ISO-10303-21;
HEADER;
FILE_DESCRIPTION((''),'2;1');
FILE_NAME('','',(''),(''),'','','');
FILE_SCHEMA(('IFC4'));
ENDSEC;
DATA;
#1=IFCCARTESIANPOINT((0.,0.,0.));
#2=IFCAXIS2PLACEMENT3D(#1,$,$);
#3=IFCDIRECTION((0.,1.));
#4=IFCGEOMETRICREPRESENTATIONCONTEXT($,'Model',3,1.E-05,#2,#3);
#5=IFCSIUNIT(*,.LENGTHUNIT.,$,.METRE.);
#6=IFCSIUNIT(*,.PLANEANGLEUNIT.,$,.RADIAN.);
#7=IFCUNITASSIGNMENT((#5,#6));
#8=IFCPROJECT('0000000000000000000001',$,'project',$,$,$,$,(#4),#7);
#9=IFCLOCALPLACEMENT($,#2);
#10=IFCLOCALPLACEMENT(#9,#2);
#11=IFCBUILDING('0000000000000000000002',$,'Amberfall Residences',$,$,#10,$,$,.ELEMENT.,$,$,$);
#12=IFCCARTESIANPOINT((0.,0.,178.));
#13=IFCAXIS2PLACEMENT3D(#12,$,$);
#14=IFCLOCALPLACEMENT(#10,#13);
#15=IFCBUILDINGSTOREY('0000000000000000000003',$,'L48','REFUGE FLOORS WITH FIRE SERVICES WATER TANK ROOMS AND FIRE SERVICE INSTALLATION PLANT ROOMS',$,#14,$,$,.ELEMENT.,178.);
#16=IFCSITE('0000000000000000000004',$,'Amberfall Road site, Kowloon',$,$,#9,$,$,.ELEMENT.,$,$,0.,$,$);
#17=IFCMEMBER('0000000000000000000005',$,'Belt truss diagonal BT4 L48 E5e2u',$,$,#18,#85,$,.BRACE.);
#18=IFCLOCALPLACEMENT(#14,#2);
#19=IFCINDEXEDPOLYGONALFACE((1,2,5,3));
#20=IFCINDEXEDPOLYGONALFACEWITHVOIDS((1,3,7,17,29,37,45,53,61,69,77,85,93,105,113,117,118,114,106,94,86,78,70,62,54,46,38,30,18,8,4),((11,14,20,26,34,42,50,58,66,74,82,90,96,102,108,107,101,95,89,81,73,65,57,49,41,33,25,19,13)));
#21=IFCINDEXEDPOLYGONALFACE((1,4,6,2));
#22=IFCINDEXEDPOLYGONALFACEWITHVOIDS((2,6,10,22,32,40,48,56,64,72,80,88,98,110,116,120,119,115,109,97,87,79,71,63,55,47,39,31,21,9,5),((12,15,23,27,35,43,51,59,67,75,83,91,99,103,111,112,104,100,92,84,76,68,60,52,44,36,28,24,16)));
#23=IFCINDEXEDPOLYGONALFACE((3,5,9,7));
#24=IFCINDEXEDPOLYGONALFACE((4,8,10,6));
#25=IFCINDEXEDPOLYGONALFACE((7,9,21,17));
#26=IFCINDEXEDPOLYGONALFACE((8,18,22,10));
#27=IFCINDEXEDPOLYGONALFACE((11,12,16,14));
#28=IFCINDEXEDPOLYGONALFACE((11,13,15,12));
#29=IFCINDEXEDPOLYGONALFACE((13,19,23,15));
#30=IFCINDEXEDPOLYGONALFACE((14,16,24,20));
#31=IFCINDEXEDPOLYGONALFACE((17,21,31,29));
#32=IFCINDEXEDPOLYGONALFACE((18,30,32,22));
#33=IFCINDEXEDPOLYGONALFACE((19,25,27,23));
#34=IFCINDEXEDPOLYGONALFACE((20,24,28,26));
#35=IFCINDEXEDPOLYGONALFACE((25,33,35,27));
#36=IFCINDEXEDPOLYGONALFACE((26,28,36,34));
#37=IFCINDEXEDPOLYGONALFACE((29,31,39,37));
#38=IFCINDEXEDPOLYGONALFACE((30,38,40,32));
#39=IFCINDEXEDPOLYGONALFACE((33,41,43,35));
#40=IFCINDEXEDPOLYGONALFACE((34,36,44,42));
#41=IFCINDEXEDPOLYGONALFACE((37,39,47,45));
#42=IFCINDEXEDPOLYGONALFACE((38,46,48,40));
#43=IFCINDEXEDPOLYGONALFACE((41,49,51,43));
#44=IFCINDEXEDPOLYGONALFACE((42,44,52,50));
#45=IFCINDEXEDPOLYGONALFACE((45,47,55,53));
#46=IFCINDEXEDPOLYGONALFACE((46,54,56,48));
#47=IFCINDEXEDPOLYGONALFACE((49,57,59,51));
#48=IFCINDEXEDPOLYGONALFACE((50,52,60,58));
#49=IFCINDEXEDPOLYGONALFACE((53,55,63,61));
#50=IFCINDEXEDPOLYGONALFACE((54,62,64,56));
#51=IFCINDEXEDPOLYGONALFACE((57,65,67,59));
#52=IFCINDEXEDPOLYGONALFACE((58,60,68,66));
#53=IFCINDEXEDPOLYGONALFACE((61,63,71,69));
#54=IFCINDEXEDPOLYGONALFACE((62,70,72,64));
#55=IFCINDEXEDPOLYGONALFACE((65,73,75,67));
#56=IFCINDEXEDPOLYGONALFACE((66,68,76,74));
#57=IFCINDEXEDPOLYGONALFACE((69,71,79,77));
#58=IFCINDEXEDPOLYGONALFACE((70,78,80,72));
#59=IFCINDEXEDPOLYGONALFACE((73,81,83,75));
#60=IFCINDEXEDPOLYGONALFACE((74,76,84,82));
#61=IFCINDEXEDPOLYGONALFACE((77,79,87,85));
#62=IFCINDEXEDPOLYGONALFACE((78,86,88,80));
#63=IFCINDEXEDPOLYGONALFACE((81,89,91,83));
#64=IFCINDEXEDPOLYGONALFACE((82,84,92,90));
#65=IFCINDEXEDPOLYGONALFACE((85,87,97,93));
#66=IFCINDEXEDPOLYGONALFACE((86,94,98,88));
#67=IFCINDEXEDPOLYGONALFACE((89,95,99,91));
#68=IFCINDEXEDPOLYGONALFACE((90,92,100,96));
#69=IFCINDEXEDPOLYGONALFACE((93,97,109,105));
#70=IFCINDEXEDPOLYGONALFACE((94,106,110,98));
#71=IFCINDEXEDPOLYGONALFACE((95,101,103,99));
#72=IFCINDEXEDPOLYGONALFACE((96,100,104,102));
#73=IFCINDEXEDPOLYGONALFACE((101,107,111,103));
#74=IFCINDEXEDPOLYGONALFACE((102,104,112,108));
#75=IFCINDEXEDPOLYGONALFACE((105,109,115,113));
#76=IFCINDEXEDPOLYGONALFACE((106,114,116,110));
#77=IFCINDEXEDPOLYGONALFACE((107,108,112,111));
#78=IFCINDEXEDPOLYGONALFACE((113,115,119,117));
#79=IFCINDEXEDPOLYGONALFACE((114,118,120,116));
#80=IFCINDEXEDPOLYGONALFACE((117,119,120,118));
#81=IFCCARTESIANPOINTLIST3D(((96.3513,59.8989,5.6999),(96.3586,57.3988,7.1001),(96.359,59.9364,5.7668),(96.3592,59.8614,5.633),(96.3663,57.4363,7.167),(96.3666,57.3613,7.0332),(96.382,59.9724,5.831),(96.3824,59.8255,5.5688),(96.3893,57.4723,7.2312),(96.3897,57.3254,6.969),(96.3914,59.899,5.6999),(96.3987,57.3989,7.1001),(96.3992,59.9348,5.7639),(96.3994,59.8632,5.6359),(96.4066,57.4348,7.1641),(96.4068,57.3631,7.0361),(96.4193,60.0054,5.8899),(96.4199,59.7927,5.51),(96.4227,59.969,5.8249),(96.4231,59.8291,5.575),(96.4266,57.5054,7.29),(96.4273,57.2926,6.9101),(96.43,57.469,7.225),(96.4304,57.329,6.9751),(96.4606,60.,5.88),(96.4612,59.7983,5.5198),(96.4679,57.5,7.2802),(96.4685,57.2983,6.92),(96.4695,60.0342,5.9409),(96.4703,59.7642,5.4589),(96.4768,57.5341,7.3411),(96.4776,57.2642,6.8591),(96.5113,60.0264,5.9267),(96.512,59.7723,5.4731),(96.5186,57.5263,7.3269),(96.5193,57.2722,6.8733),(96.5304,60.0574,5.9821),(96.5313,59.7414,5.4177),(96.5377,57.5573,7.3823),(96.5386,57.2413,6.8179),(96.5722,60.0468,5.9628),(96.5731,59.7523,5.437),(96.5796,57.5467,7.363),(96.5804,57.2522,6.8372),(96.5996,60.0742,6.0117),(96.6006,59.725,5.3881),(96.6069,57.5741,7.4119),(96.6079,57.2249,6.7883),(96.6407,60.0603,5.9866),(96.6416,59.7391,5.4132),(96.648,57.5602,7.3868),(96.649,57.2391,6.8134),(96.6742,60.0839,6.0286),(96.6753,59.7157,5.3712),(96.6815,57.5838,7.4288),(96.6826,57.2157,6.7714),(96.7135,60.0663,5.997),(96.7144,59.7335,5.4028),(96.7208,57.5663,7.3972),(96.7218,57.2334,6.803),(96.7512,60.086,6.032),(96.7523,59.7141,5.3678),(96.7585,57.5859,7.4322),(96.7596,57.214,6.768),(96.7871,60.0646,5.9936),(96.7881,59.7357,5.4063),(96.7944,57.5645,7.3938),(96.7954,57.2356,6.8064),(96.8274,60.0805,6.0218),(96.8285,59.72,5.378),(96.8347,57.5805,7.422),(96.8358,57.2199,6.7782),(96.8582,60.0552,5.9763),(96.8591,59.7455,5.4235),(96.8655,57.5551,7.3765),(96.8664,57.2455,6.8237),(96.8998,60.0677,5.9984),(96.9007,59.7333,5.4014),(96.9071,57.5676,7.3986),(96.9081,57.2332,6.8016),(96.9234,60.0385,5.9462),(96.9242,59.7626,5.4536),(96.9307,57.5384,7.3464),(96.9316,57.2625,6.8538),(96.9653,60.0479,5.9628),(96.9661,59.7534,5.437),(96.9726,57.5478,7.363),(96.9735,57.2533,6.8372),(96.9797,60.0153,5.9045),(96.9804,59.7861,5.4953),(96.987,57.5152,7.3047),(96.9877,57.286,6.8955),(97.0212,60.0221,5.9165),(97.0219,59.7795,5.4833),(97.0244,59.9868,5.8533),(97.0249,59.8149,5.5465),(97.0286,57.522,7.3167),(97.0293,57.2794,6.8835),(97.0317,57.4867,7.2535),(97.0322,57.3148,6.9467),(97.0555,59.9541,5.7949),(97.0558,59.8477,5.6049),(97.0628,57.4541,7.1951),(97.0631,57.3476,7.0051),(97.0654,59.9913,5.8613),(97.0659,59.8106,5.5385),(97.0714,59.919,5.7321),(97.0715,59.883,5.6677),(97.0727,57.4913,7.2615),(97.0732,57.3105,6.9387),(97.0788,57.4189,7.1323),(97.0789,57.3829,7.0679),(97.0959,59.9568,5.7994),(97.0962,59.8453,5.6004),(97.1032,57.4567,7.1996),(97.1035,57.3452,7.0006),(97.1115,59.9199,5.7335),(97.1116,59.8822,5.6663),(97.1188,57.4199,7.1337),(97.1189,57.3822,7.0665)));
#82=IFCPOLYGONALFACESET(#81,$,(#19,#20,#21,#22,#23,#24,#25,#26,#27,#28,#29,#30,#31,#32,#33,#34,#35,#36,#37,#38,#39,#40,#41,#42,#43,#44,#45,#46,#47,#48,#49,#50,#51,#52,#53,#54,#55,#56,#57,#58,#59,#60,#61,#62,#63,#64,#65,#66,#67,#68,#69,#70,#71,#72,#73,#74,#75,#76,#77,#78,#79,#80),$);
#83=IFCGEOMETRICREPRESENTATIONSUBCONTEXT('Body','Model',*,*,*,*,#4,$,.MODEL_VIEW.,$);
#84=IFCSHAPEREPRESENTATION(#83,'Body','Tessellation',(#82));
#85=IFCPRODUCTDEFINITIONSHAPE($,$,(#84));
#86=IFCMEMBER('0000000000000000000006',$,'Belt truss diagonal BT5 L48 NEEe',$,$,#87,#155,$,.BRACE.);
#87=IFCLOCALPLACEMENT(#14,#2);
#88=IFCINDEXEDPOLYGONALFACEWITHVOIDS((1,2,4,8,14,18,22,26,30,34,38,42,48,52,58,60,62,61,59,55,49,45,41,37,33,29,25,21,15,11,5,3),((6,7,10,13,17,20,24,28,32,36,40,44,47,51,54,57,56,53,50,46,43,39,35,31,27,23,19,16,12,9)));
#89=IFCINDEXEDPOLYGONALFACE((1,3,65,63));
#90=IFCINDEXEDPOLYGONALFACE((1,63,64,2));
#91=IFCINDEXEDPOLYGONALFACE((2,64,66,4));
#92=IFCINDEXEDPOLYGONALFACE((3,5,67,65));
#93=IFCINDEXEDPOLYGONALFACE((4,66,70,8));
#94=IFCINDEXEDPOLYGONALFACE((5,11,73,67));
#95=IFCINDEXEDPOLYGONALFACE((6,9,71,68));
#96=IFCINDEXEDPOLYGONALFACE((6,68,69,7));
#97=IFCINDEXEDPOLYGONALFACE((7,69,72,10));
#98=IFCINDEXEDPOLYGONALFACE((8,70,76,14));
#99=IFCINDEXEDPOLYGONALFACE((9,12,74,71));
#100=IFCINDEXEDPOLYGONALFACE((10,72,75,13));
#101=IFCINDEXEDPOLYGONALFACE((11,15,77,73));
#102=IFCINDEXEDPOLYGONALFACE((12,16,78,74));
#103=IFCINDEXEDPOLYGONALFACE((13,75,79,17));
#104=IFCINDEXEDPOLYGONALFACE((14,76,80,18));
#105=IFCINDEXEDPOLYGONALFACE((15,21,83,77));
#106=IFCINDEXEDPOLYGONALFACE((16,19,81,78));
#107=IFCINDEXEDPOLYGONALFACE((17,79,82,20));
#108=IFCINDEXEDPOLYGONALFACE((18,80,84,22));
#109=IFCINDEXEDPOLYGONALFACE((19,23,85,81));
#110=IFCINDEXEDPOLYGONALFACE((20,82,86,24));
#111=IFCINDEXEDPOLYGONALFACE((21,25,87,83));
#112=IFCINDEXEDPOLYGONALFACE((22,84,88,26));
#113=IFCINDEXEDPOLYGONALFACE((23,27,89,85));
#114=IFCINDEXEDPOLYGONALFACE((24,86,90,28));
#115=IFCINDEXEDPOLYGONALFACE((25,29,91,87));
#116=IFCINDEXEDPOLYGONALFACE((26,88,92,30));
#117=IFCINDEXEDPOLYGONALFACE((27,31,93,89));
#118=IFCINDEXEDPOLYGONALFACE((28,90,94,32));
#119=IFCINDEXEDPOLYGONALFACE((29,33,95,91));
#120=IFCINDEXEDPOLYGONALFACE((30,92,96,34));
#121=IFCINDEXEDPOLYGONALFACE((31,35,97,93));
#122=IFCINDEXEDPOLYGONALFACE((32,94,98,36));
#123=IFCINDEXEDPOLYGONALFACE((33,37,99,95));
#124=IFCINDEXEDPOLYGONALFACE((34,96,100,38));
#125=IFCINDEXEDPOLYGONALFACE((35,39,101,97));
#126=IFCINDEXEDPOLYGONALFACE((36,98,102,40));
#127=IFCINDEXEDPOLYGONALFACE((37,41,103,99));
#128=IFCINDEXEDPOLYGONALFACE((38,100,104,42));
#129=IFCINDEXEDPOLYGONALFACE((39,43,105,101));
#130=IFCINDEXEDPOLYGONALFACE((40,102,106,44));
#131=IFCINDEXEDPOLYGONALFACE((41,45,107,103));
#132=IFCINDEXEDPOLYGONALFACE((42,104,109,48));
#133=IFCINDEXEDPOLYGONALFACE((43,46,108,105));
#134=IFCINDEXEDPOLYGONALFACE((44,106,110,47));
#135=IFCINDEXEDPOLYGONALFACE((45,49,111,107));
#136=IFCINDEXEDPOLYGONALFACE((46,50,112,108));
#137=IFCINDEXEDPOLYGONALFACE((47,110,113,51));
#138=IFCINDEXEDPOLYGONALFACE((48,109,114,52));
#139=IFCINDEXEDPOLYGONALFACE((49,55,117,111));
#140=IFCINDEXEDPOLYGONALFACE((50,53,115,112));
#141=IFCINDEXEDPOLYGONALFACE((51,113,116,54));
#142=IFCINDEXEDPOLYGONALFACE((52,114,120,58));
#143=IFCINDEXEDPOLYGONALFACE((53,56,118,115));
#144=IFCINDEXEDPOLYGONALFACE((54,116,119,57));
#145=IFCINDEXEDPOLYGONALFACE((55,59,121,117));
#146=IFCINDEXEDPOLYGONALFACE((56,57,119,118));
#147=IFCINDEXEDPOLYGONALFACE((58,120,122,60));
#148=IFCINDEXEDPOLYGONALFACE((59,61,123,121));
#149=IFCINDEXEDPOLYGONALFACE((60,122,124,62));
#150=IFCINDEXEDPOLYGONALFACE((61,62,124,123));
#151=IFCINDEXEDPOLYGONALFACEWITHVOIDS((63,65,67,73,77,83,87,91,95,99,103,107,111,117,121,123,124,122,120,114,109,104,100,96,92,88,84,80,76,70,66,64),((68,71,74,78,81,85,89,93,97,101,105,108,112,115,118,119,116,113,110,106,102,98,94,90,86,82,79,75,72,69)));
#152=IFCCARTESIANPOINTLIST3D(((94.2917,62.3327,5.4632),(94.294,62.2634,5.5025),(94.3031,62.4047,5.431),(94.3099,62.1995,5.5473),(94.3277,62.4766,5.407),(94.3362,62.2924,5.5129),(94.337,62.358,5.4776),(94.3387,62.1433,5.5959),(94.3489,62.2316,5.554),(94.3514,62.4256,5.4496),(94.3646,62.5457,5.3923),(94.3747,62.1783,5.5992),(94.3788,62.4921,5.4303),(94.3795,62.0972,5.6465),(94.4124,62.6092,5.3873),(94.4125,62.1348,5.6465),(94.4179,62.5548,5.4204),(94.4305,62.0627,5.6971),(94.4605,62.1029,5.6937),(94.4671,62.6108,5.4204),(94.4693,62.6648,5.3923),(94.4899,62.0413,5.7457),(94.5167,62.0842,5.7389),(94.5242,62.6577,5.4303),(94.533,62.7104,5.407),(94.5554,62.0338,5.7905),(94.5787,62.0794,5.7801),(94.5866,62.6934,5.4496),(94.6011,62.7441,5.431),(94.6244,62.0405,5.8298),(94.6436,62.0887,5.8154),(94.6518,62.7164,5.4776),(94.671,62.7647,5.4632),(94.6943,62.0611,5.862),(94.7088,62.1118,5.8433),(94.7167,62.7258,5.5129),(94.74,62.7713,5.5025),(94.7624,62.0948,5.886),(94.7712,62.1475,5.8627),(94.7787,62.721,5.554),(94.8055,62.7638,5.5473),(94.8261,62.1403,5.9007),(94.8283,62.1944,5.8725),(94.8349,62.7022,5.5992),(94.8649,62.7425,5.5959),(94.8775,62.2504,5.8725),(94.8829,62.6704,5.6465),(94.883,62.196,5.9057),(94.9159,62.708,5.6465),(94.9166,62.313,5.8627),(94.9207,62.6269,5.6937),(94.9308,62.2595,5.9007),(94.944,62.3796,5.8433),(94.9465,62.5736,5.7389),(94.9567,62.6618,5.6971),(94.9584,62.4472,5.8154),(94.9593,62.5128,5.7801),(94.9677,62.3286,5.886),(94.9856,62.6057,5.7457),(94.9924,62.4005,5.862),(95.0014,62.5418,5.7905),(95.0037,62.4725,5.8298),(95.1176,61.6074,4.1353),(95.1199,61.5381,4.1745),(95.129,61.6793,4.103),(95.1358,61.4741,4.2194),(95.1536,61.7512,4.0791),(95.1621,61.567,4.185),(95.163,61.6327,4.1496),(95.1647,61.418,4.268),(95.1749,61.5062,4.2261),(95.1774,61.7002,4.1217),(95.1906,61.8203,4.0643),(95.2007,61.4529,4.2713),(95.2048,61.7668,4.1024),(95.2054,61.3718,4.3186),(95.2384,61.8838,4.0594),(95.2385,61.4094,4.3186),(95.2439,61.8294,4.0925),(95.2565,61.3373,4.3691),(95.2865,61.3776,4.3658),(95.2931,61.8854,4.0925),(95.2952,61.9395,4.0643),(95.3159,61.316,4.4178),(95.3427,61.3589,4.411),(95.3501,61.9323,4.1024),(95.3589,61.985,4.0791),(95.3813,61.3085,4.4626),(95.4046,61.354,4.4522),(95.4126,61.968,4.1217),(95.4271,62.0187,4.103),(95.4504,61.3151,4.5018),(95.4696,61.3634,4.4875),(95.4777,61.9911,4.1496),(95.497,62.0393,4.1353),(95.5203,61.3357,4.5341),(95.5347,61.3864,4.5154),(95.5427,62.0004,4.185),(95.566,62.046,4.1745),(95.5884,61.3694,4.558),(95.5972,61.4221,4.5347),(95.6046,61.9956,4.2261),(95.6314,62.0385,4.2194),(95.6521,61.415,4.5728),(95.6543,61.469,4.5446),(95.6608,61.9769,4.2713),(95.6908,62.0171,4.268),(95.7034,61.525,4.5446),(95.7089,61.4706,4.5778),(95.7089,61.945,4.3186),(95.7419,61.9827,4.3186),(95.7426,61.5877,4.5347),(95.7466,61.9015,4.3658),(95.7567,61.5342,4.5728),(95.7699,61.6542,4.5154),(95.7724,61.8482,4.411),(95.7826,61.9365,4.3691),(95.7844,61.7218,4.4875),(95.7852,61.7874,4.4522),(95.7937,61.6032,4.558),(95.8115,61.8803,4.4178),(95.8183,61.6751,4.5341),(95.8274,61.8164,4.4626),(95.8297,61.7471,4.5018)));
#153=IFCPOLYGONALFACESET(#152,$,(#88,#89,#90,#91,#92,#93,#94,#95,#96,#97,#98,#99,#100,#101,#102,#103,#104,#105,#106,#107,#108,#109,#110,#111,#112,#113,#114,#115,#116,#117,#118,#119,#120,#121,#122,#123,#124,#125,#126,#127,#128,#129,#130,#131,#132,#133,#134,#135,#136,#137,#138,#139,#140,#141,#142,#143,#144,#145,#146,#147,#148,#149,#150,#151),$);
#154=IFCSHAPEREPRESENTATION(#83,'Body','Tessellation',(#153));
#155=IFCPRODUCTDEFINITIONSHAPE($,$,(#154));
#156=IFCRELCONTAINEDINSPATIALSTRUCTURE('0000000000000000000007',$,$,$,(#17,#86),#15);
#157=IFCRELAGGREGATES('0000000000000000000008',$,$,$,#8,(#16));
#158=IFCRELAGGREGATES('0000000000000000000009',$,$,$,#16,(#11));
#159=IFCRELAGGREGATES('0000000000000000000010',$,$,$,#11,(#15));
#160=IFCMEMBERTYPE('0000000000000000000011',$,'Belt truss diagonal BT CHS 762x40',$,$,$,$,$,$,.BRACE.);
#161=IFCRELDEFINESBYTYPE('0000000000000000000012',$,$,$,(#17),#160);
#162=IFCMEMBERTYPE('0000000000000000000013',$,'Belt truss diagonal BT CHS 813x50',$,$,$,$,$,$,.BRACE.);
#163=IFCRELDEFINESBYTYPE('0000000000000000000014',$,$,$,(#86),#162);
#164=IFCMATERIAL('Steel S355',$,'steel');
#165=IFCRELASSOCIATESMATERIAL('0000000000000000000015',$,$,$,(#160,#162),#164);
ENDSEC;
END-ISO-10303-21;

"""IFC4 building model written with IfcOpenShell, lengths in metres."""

from ifc_helpers import new_model, si_unit, direction, frame, origin, origin_2d, place, context, subcontext, project, spatial, hollow_circle, extrude, material, material_profile, profile_set, type_object, element, save


model = new_model("IFC4")

# Units and contexts
model_context = context("Model", 3, precision=1e-05, world=origin(), true_north=direction((0.0, 1.0)))
body_context = subcontext(model_context, "Body", "Model", "MODEL_VIEW")
ifc_project = project(units=[si_unit("LENGTHUNIT", "METRE"), si_unit("PLANEANGLEUNIT", "RADIAN")], contexts=[model_context])

# Site, building, storey
site_placement = place(None, origin())
site = spatial("IfcSite", under=ifc_project, at=site_placement, Name="Amberfall Road site, Kowloon", CompositionType="ELEMENT", RefElevation=0.0)
building_placement = place(site_placement, origin())
building = spatial("IfcBuilding", under=site, at=building_placement, Name="Amberfall Residences", CompositionType="ELEMENT")
storey_placement = place(building_placement, frame((0.0, 0.0, 178.0)))
storey = spatial("IfcBuildingStorey", under=building, at=storey_placement, Name="L48", Description="REFUGE FLOORS WITH FIRE SERVICES WATER TANK ROOMS AND FIRE SERVICE INSTALLATION PLANT ROOMS", CompositionType="ELEMENT", Elevation=178.0)

# Shared definitions
ifc_material_1 = material(Name="Steel S355", Category="steel")

# Members
ifc_material_profile_1 = material_profile(ifc_material_1, hollow_circle(Radius=0.3811, WallThickness=0.04, at=origin_2d()), Name="CHS 762x40")
ifc_profile_set_1 = profile_set([ifc_material_profile_1], Name="Steel S355")
member_type_1 = type_object("IfcMemberType", Name="Belt truss diagonal BT CHS 762x40", PredefinedType="BRACE", material=ifc_profile_set_1)
member_1_placement = place(storey_placement, frame((96.7397, 57.3999, 7.1001), z_axis=(-0.002556, 0.872481, -0.488641), x_axis=(-0.999996, -0.00293, 0.0)))
element("IfcMember", 1, at=member_1_placement, inside=storey, type_object=member_type_1, Name="Belt truss diagonal BT4 L48 E5e2u", PredefinedType="BRACE", context=body_context, shape_type="SweptSolid", body=[
    extrude(hollow_circle(Radius=0.3811, WallThickness=0.04, at=origin_2d()), origin(), (0.0, 0.0, 1.0), 2.8655),
])
ifc_material_profile_2 = material_profile(ifc_material_1, hollow_circle(Radius=0.4065, WallThickness=0.05, at=origin_2d()), Name="CHS 813x50")
ifc_profile_set_2 = profile_set([ifc_material_profile_2], Name="Steel S355")
member_type_2 = type_object("IfcMemberType", Name="Belt truss diagonal BT CHS 813x50", PredefinedType="BRACE", material=ifc_profile_set_2)
member_2_placement = place(storey_placement, frame((94.6477, 62.4026, 5.6465), z_axis=(0.479127, -0.420777, -0.770314), x_axis=(0.659872, 0.751378, 0.0)))
element("IfcMember", 2, at=member_2_placement, inside=storey, type_object=member_type_2, Name="Belt truss diagonal BT5 L48 NEEe", PredefinedType="BRACE", context=body_context, shape_type="SweptSolid", body=[
    extrude(hollow_circle(Radius=0.4065, WallThickness=0.05, at=origin_2d()), origin(), (0.0, 0.0, 1.0), 1.7239),
])

save(model, "model.ifc")
